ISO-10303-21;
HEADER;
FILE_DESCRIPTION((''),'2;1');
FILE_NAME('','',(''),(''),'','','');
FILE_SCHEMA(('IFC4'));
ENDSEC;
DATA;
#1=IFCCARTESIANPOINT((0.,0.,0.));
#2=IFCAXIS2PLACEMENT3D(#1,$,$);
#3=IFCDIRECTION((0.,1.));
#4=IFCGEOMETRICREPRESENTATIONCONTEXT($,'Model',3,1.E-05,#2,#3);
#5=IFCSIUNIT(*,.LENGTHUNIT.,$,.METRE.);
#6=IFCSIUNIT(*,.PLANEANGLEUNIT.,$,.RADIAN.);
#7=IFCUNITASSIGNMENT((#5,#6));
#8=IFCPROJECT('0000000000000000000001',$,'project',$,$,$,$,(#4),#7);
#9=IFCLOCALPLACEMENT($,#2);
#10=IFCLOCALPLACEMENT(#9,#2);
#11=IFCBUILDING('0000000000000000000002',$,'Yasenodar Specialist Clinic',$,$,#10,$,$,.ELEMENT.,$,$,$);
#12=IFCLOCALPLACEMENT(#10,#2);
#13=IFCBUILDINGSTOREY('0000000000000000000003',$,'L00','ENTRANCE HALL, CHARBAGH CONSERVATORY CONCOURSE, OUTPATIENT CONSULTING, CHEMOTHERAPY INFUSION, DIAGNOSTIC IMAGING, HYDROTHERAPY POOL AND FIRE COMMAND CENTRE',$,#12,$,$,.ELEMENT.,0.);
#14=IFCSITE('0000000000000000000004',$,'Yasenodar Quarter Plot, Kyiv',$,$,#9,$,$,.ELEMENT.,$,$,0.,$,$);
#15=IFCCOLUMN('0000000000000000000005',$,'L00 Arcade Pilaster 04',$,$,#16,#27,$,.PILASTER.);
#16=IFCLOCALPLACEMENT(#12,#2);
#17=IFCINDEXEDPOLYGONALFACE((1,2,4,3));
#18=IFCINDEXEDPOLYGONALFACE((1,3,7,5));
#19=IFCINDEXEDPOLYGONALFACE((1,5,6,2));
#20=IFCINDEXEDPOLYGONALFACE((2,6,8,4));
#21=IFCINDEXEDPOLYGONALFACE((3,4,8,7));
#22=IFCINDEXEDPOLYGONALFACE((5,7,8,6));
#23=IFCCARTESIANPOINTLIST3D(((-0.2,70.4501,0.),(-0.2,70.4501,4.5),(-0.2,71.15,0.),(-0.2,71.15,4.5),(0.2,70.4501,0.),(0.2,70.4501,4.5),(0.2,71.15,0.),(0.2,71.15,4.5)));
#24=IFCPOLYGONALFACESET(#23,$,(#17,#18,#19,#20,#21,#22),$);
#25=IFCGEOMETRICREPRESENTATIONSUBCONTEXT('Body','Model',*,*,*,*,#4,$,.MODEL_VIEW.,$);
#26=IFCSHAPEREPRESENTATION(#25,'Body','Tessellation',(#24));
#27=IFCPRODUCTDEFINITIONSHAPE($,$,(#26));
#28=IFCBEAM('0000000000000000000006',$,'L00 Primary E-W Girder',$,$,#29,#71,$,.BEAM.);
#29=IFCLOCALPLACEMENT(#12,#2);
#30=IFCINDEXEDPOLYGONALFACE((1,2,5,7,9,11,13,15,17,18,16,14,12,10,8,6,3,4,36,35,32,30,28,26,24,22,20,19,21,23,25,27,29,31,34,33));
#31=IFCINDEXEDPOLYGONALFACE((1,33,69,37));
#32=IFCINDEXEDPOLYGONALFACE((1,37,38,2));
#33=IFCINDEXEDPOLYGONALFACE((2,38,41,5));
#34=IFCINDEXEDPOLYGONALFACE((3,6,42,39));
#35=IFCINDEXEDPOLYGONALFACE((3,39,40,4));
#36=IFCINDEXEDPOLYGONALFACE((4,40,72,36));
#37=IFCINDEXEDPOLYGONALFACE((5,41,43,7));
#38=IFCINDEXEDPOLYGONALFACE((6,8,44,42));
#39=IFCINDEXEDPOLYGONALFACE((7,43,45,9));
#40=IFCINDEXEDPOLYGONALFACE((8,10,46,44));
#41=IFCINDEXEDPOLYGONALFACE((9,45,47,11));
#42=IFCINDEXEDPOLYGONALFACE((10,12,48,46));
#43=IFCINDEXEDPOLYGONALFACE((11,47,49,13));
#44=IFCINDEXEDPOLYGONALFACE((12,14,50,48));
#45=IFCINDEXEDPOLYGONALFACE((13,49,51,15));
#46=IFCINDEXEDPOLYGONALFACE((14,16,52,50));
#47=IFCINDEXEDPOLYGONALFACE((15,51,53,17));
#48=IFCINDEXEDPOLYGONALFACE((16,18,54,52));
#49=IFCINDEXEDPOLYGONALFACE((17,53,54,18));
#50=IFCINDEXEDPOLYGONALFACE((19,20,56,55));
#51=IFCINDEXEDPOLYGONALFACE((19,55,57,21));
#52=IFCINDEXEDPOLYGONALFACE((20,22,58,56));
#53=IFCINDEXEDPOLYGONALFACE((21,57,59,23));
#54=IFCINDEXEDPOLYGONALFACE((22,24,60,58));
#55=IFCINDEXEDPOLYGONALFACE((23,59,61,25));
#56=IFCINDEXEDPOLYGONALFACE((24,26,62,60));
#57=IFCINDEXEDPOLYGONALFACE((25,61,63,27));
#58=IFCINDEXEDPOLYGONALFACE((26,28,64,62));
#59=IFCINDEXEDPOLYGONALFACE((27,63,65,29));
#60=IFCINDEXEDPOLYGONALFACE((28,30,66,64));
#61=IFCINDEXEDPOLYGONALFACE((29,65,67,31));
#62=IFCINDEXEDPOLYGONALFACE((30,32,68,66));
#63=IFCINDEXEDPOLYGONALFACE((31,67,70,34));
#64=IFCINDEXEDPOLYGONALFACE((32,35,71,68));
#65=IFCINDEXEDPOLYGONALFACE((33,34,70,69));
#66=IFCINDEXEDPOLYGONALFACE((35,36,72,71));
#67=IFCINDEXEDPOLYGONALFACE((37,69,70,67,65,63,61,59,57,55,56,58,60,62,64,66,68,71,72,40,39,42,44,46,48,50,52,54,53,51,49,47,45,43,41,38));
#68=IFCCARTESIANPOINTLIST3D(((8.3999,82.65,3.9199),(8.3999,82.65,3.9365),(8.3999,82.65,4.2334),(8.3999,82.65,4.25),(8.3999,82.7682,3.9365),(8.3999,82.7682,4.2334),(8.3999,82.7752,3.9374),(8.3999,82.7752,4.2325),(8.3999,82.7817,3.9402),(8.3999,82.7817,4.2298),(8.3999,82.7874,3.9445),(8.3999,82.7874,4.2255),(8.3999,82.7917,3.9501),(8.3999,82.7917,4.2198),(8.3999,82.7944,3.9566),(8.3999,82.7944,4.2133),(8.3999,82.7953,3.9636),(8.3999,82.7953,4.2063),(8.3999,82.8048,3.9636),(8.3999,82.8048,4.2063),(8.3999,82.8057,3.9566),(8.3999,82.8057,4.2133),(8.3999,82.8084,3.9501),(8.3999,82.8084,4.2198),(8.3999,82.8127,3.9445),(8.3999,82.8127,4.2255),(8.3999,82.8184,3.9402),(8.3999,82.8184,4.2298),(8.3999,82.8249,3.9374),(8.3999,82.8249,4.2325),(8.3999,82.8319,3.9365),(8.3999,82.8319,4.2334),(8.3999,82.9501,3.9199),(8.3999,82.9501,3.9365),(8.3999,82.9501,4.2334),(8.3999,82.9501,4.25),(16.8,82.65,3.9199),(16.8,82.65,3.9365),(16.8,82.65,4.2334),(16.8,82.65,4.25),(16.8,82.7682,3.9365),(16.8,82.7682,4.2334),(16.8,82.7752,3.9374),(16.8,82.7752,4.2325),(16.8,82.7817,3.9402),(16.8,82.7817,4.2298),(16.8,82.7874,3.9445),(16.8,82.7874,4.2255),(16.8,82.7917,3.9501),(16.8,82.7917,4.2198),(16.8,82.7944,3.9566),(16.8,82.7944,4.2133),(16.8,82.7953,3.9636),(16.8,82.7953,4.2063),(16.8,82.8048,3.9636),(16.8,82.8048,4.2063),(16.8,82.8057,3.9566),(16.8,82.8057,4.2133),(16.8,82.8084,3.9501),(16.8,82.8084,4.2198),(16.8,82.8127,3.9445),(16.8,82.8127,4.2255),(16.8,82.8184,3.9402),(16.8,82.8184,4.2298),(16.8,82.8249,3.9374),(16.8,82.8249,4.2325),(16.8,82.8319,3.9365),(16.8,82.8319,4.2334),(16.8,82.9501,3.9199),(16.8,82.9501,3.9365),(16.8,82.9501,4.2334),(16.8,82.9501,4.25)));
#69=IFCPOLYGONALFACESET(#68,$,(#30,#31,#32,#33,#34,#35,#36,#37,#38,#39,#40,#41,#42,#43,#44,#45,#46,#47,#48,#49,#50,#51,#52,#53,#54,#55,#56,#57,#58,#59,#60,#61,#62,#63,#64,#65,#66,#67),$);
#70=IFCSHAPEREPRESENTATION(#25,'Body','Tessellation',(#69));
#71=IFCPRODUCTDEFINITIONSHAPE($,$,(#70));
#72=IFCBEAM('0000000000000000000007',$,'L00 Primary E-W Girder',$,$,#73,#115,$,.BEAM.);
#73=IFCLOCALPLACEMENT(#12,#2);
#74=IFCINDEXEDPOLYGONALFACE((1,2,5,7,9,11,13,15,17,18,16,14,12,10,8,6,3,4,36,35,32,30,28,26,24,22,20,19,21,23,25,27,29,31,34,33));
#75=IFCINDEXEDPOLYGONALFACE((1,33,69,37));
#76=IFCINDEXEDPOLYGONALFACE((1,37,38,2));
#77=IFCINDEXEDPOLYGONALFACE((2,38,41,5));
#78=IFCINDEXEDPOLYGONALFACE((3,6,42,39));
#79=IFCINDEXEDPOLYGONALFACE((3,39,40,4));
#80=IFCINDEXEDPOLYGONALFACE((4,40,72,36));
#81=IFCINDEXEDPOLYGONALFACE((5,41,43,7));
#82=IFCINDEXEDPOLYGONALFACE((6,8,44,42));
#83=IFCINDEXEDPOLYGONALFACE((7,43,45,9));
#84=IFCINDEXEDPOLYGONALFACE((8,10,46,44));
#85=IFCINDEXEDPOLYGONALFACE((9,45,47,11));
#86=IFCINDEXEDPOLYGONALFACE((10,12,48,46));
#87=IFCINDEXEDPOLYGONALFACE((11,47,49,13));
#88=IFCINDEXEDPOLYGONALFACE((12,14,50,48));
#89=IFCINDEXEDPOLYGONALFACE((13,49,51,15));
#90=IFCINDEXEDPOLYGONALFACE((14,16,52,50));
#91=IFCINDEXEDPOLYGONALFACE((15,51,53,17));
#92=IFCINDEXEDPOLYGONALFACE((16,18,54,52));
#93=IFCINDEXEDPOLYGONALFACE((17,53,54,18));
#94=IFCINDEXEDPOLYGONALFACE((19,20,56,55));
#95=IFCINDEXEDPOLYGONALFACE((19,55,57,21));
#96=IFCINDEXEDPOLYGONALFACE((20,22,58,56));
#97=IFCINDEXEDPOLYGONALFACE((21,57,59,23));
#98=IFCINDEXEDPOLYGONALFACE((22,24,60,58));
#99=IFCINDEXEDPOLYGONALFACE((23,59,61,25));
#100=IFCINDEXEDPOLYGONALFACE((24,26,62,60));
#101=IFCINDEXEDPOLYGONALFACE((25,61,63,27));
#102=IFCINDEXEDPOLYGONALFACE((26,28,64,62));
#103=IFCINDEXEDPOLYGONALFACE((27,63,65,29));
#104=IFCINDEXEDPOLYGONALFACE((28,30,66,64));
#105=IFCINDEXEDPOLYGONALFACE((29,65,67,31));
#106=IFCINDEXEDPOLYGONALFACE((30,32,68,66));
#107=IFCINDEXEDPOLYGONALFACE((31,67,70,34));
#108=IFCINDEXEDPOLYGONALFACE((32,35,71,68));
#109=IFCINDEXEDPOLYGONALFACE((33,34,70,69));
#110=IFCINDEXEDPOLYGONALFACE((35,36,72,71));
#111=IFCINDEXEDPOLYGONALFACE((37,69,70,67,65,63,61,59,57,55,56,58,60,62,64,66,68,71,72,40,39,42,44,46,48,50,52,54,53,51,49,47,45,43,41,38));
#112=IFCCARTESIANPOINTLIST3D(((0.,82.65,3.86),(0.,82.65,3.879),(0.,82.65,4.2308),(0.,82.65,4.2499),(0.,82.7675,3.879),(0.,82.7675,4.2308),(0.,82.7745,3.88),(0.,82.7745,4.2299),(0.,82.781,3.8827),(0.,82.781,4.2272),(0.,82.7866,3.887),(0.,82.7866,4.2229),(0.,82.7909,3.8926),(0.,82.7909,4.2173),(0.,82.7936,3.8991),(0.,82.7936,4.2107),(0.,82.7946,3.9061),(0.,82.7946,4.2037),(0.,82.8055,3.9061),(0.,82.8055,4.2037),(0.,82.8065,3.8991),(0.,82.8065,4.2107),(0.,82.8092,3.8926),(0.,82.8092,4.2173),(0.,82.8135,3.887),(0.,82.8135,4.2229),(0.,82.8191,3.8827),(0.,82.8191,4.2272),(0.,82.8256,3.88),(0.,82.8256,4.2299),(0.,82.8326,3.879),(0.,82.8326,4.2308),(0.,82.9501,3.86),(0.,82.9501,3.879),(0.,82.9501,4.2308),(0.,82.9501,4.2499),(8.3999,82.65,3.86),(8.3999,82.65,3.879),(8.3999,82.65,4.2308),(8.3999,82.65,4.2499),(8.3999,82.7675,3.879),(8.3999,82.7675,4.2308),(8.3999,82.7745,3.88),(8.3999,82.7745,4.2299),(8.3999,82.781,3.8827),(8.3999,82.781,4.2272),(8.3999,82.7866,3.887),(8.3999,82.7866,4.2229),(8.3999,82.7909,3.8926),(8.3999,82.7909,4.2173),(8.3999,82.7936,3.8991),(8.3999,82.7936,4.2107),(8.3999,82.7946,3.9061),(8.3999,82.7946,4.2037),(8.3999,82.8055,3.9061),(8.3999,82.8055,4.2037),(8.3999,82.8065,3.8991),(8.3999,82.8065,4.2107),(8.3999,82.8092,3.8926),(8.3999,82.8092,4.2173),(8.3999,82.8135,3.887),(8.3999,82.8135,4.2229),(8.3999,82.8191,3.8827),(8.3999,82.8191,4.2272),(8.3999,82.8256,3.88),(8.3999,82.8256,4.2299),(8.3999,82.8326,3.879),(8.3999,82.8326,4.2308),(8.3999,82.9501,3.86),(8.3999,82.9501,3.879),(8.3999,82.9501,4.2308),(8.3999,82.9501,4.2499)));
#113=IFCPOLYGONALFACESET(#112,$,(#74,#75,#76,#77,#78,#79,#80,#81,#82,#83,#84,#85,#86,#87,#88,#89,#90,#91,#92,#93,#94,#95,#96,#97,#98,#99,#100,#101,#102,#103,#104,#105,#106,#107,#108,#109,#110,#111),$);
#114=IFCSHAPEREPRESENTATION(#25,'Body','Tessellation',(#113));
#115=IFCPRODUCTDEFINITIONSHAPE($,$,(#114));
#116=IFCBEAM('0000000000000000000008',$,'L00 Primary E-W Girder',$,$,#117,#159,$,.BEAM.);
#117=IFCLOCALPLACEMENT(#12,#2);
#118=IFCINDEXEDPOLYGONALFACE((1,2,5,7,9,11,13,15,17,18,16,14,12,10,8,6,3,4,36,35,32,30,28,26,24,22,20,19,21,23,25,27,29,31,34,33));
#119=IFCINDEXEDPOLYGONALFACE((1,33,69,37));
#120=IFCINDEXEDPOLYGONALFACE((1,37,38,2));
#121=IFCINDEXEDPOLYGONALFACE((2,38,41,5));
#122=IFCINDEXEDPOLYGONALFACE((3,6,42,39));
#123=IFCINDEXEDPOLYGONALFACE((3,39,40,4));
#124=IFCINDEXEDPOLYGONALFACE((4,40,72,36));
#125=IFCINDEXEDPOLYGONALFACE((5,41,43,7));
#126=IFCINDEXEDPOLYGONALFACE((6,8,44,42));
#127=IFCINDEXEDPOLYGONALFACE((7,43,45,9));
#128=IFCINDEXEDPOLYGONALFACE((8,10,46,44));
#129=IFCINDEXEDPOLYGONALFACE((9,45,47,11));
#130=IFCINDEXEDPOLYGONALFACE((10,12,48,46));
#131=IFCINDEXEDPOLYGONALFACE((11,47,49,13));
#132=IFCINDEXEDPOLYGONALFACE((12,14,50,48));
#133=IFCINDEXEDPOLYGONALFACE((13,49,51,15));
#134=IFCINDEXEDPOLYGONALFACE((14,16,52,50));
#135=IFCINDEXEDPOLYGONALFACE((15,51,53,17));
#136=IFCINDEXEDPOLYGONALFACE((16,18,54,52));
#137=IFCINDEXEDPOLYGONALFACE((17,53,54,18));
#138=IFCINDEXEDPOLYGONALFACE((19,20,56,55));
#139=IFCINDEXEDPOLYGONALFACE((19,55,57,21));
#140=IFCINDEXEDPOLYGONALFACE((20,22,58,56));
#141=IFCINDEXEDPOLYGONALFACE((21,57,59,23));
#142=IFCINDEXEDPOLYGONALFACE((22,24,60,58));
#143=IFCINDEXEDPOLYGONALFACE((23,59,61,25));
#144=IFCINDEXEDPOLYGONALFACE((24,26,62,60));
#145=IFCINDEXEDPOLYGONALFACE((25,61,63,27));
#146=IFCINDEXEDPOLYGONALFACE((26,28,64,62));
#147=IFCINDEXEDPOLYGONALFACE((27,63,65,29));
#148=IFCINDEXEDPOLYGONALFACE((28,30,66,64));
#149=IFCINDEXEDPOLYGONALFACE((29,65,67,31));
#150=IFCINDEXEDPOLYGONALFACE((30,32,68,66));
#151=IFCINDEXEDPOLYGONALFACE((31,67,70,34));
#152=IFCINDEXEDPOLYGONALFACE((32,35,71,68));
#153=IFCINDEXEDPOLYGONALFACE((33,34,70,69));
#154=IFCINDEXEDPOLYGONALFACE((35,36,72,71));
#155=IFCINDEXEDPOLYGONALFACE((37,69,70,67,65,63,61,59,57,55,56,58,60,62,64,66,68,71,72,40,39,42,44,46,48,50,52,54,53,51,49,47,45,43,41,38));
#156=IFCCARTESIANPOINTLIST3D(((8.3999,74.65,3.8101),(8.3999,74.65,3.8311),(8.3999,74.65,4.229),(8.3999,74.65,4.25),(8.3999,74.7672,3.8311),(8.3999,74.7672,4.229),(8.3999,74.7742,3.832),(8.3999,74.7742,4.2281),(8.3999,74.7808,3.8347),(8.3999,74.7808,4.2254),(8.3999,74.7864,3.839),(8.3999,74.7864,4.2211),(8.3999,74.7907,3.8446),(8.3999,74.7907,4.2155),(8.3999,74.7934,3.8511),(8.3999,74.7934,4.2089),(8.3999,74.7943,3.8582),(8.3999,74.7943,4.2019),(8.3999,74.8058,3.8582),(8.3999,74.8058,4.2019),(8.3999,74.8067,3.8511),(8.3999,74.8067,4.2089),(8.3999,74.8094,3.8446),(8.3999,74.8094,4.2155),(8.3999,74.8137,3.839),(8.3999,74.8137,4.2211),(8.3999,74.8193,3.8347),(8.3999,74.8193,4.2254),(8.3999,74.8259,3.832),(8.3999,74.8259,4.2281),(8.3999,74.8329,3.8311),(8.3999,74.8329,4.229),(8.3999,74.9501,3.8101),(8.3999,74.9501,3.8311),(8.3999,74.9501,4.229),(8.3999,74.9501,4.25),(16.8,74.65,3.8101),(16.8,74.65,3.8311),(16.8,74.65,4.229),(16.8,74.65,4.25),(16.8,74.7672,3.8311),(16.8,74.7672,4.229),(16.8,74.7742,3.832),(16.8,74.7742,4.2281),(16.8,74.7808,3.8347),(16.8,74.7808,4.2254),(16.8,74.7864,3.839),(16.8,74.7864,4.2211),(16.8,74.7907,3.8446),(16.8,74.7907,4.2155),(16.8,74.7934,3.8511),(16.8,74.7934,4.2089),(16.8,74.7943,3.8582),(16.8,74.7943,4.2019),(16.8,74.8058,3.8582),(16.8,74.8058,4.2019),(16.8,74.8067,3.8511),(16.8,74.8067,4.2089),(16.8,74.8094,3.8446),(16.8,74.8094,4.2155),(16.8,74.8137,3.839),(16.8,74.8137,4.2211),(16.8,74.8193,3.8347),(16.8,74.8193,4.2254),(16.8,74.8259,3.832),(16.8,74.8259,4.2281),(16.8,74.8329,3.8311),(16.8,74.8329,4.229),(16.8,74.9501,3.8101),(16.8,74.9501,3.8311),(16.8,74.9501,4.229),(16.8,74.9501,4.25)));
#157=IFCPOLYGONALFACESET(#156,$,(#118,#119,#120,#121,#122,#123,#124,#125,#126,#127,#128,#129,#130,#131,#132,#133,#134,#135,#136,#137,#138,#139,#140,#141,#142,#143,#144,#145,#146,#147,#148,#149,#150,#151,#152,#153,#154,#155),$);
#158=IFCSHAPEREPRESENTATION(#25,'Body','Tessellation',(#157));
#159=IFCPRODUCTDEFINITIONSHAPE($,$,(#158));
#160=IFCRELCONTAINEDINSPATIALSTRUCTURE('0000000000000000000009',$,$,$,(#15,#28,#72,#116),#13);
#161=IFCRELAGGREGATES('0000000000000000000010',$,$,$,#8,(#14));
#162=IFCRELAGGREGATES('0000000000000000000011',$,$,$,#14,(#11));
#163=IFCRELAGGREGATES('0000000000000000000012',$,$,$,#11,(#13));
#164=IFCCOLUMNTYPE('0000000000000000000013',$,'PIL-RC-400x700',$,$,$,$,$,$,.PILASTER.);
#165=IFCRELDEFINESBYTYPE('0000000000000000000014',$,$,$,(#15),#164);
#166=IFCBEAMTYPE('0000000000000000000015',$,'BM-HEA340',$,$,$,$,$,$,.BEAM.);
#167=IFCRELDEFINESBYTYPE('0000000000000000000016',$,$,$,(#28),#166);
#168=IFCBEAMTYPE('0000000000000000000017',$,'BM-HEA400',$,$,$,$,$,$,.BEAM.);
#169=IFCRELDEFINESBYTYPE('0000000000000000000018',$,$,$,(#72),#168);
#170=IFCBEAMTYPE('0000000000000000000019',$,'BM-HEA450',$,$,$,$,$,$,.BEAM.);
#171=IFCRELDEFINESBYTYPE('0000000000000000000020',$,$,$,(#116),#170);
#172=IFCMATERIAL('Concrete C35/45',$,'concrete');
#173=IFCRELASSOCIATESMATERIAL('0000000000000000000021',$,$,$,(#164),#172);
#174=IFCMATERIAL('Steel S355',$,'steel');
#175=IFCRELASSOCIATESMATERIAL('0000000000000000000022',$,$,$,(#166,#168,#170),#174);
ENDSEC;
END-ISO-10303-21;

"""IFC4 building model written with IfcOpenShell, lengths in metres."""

from ifc_helpers import new_model, si_unit, direction, frame, origin, origin_2d, place, context, subcontext, project, spatial, rectangle, i_section, extrude, material, material_profile, profile_set, type_object, element, save


model = new_model("IFC4")

# Units and contexts
model_context = context("Model", 3, precision=1e-05, world=origin(), true_north=direction((0.0, 1.0)))
body_context = subcontext(model_context, "Body", "Model", "MODEL_VIEW")
ifc_project = project(units=[si_unit("LENGTHUNIT", "METRE"), si_unit("PLANEANGLEUNIT", "RADIAN")], contexts=[model_context])

# Site, building, storey
site_placement = place(None, origin())
site = spatial("IfcSite", under=ifc_project, at=site_placement, Name="Yasenodar Quarter Plot, Kyiv", CompositionType="ELEMENT", RefElevation=0.0)
building_placement = place(site_placement, origin())
building = spatial("IfcBuilding", under=site, at=building_placement, Name="Yasenodar Specialist Clinic", CompositionType="ELEMENT")
storey_placement = place(building_placement, origin())
storey = spatial("IfcBuildingStorey", under=building, at=storey_placement, Name="L00", Description="ENTRANCE HALL, CHARBAGH CONSERVATORY CONCOURSE, OUTPATIENT CONSULTING, CHEMOTHERAPY INFUSION, DIAGNOSTIC IMAGING, HYDROTHERAPY POOL AND FIRE COMMAND CENTRE", CompositionType="ELEMENT", Elevation=0.0)

# Column
ifc_material_1 = material(Name="Steel S355", Category="steel")
ifc_material_2 = material(Name="Concrete C35/45", Category="concrete")
ifc_material_profile_1 = material_profile(ifc_material_2, rectangle(XDim=0.3999, YDim=0.7, at=origin_2d()), Name="RC 400x700")
ifc_profile_set_1 = profile_set([ifc_material_profile_1], Name="Concrete C35/45")
column_type_1 = type_object("IfcColumnType", Name="PIL-RC-400x700", PredefinedType="PILASTER", material=ifc_profile_set_1)
column_placement = place(storey_placement, frame((0.0, 70.8, 0.0), z_axis=(0.0, 0.0, 1.0), x_axis=(1.0, 0.0, 0.0)))
element("IfcColumn", 1, at=column_placement, inside=storey, type_object=column_type_1, Name="L00 Arcade Pilaster 04", PredefinedType="PILASTER", context=body_context, shape_type="SweptSolid", body=[
    extrude(rectangle(XDim=0.3999, YDim=0.7, at=origin_2d()), origin(), (0.0, 0.0, 1.0), 4.5),
])

# Beams
ifc_material_profile_2 = material_profile(ifc_material_1, i_section(OverallWidth=0.3, OverallDepth=0.3301, WebThickness=0.0095, FlangeThickness=0.0166, FilletRadius=0.0271, at=origin_2d()), Name="HEA 340")
ifc_profile_set_2 = profile_set([ifc_material_profile_2], Name="Steel S355")
beam_type_1 = type_object("IfcBeamType", Name="BM-HEA340", PredefinedType="BEAM", material=ifc_profile_set_2)
beam_1_placement = place(storey_placement, frame((8.3999, 82.8, 4.085), z_axis=(1.0, 0.0, 0.0), x_axis=(0.0, 1.0, 0.0)))
element("IfcBeam", 2, at=beam_1_placement, inside=storey, type_object=beam_type_1, Name="L00 Primary E-W Girder", PredefinedType="BEAM", context=body_context, shape_type="SweptSolid", body=[
    extrude(i_section(OverallWidth=0.3, OverallDepth=0.3301, WebThickness=0.0095, FlangeThickness=0.0166, FilletRadius=0.0271, at=origin_2d()), origin(), (0.0, 0.0, 1.0), 8.4001),
])
ifc_material_profile_3 = material_profile(ifc_material_1, i_section(OverallWidth=0.3, OverallDepth=0.3899, WebThickness=0.011, FlangeThickness=0.019, FilletRadius=0.0271, at=origin_2d()), Name="HEA 400")
ifc_profile_set_3 = profile_set([ifc_material_profile_3], Name="Steel S355")
beam_type_2 = type_object("IfcBeamType", Name="BM-HEA400", PredefinedType="BEAM", material=ifc_profile_set_3)
beam_2_placement = place(storey_placement, frame((0.0, 82.8, 4.0549), z_axis=(1.0, 0.0, 0.0), x_axis=(0.0, 1.0, 0.0)))
element("IfcBeam", 3, at=beam_2_placement, inside=storey, type_object=beam_type_2, Name="L00 Primary E-W Girder", PredefinedType="BEAM", context=body_context, shape_type="SweptSolid", body=[
    extrude(i_section(OverallWidth=0.3, OverallDepth=0.3899, WebThickness=0.011, FlangeThickness=0.019, FilletRadius=0.0271, at=origin_2d()), origin(), (0.0, 0.0, 1.0), 8.3999),
])
ifc_material_profile_4 = material_profile(ifc_material_1, i_section(OverallWidth=0.3, OverallDepth=0.4399, WebThickness=0.0115, FlangeThickness=0.021, FilletRadius=0.0271, at=origin_2d()), Name="HEA 450")
ifc_profile_set_4 = profile_set([ifc_material_profile_4], Name="Steel S355")
beam_type_3 = type_object("IfcBeamType", Name="BM-HEA450", PredefinedType="BEAM", material=ifc_profile_set_4)
beam_3_placement = place(storey_placement, frame((8.3999, 74.8, 4.03), z_axis=(1.0, 0.0, 0.0), x_axis=(0.0, 1.0, 0.0)))
element("IfcBeam", 4, at=beam_3_placement, inside=storey, type_object=beam_type_3, Name="L00 Primary E-W Girder", PredefinedType="BEAM", context=body_context, shape_type="SweptSolid", body=[
    extrude(i_section(OverallWidth=0.3, OverallDepth=0.4399, WebThickness=0.0115, FlangeThickness=0.021, FilletRadius=0.0271, at=origin_2d()), origin(), (0.0, 0.0, 1.0), 8.4001),
])

save(model, "model.ifc")
